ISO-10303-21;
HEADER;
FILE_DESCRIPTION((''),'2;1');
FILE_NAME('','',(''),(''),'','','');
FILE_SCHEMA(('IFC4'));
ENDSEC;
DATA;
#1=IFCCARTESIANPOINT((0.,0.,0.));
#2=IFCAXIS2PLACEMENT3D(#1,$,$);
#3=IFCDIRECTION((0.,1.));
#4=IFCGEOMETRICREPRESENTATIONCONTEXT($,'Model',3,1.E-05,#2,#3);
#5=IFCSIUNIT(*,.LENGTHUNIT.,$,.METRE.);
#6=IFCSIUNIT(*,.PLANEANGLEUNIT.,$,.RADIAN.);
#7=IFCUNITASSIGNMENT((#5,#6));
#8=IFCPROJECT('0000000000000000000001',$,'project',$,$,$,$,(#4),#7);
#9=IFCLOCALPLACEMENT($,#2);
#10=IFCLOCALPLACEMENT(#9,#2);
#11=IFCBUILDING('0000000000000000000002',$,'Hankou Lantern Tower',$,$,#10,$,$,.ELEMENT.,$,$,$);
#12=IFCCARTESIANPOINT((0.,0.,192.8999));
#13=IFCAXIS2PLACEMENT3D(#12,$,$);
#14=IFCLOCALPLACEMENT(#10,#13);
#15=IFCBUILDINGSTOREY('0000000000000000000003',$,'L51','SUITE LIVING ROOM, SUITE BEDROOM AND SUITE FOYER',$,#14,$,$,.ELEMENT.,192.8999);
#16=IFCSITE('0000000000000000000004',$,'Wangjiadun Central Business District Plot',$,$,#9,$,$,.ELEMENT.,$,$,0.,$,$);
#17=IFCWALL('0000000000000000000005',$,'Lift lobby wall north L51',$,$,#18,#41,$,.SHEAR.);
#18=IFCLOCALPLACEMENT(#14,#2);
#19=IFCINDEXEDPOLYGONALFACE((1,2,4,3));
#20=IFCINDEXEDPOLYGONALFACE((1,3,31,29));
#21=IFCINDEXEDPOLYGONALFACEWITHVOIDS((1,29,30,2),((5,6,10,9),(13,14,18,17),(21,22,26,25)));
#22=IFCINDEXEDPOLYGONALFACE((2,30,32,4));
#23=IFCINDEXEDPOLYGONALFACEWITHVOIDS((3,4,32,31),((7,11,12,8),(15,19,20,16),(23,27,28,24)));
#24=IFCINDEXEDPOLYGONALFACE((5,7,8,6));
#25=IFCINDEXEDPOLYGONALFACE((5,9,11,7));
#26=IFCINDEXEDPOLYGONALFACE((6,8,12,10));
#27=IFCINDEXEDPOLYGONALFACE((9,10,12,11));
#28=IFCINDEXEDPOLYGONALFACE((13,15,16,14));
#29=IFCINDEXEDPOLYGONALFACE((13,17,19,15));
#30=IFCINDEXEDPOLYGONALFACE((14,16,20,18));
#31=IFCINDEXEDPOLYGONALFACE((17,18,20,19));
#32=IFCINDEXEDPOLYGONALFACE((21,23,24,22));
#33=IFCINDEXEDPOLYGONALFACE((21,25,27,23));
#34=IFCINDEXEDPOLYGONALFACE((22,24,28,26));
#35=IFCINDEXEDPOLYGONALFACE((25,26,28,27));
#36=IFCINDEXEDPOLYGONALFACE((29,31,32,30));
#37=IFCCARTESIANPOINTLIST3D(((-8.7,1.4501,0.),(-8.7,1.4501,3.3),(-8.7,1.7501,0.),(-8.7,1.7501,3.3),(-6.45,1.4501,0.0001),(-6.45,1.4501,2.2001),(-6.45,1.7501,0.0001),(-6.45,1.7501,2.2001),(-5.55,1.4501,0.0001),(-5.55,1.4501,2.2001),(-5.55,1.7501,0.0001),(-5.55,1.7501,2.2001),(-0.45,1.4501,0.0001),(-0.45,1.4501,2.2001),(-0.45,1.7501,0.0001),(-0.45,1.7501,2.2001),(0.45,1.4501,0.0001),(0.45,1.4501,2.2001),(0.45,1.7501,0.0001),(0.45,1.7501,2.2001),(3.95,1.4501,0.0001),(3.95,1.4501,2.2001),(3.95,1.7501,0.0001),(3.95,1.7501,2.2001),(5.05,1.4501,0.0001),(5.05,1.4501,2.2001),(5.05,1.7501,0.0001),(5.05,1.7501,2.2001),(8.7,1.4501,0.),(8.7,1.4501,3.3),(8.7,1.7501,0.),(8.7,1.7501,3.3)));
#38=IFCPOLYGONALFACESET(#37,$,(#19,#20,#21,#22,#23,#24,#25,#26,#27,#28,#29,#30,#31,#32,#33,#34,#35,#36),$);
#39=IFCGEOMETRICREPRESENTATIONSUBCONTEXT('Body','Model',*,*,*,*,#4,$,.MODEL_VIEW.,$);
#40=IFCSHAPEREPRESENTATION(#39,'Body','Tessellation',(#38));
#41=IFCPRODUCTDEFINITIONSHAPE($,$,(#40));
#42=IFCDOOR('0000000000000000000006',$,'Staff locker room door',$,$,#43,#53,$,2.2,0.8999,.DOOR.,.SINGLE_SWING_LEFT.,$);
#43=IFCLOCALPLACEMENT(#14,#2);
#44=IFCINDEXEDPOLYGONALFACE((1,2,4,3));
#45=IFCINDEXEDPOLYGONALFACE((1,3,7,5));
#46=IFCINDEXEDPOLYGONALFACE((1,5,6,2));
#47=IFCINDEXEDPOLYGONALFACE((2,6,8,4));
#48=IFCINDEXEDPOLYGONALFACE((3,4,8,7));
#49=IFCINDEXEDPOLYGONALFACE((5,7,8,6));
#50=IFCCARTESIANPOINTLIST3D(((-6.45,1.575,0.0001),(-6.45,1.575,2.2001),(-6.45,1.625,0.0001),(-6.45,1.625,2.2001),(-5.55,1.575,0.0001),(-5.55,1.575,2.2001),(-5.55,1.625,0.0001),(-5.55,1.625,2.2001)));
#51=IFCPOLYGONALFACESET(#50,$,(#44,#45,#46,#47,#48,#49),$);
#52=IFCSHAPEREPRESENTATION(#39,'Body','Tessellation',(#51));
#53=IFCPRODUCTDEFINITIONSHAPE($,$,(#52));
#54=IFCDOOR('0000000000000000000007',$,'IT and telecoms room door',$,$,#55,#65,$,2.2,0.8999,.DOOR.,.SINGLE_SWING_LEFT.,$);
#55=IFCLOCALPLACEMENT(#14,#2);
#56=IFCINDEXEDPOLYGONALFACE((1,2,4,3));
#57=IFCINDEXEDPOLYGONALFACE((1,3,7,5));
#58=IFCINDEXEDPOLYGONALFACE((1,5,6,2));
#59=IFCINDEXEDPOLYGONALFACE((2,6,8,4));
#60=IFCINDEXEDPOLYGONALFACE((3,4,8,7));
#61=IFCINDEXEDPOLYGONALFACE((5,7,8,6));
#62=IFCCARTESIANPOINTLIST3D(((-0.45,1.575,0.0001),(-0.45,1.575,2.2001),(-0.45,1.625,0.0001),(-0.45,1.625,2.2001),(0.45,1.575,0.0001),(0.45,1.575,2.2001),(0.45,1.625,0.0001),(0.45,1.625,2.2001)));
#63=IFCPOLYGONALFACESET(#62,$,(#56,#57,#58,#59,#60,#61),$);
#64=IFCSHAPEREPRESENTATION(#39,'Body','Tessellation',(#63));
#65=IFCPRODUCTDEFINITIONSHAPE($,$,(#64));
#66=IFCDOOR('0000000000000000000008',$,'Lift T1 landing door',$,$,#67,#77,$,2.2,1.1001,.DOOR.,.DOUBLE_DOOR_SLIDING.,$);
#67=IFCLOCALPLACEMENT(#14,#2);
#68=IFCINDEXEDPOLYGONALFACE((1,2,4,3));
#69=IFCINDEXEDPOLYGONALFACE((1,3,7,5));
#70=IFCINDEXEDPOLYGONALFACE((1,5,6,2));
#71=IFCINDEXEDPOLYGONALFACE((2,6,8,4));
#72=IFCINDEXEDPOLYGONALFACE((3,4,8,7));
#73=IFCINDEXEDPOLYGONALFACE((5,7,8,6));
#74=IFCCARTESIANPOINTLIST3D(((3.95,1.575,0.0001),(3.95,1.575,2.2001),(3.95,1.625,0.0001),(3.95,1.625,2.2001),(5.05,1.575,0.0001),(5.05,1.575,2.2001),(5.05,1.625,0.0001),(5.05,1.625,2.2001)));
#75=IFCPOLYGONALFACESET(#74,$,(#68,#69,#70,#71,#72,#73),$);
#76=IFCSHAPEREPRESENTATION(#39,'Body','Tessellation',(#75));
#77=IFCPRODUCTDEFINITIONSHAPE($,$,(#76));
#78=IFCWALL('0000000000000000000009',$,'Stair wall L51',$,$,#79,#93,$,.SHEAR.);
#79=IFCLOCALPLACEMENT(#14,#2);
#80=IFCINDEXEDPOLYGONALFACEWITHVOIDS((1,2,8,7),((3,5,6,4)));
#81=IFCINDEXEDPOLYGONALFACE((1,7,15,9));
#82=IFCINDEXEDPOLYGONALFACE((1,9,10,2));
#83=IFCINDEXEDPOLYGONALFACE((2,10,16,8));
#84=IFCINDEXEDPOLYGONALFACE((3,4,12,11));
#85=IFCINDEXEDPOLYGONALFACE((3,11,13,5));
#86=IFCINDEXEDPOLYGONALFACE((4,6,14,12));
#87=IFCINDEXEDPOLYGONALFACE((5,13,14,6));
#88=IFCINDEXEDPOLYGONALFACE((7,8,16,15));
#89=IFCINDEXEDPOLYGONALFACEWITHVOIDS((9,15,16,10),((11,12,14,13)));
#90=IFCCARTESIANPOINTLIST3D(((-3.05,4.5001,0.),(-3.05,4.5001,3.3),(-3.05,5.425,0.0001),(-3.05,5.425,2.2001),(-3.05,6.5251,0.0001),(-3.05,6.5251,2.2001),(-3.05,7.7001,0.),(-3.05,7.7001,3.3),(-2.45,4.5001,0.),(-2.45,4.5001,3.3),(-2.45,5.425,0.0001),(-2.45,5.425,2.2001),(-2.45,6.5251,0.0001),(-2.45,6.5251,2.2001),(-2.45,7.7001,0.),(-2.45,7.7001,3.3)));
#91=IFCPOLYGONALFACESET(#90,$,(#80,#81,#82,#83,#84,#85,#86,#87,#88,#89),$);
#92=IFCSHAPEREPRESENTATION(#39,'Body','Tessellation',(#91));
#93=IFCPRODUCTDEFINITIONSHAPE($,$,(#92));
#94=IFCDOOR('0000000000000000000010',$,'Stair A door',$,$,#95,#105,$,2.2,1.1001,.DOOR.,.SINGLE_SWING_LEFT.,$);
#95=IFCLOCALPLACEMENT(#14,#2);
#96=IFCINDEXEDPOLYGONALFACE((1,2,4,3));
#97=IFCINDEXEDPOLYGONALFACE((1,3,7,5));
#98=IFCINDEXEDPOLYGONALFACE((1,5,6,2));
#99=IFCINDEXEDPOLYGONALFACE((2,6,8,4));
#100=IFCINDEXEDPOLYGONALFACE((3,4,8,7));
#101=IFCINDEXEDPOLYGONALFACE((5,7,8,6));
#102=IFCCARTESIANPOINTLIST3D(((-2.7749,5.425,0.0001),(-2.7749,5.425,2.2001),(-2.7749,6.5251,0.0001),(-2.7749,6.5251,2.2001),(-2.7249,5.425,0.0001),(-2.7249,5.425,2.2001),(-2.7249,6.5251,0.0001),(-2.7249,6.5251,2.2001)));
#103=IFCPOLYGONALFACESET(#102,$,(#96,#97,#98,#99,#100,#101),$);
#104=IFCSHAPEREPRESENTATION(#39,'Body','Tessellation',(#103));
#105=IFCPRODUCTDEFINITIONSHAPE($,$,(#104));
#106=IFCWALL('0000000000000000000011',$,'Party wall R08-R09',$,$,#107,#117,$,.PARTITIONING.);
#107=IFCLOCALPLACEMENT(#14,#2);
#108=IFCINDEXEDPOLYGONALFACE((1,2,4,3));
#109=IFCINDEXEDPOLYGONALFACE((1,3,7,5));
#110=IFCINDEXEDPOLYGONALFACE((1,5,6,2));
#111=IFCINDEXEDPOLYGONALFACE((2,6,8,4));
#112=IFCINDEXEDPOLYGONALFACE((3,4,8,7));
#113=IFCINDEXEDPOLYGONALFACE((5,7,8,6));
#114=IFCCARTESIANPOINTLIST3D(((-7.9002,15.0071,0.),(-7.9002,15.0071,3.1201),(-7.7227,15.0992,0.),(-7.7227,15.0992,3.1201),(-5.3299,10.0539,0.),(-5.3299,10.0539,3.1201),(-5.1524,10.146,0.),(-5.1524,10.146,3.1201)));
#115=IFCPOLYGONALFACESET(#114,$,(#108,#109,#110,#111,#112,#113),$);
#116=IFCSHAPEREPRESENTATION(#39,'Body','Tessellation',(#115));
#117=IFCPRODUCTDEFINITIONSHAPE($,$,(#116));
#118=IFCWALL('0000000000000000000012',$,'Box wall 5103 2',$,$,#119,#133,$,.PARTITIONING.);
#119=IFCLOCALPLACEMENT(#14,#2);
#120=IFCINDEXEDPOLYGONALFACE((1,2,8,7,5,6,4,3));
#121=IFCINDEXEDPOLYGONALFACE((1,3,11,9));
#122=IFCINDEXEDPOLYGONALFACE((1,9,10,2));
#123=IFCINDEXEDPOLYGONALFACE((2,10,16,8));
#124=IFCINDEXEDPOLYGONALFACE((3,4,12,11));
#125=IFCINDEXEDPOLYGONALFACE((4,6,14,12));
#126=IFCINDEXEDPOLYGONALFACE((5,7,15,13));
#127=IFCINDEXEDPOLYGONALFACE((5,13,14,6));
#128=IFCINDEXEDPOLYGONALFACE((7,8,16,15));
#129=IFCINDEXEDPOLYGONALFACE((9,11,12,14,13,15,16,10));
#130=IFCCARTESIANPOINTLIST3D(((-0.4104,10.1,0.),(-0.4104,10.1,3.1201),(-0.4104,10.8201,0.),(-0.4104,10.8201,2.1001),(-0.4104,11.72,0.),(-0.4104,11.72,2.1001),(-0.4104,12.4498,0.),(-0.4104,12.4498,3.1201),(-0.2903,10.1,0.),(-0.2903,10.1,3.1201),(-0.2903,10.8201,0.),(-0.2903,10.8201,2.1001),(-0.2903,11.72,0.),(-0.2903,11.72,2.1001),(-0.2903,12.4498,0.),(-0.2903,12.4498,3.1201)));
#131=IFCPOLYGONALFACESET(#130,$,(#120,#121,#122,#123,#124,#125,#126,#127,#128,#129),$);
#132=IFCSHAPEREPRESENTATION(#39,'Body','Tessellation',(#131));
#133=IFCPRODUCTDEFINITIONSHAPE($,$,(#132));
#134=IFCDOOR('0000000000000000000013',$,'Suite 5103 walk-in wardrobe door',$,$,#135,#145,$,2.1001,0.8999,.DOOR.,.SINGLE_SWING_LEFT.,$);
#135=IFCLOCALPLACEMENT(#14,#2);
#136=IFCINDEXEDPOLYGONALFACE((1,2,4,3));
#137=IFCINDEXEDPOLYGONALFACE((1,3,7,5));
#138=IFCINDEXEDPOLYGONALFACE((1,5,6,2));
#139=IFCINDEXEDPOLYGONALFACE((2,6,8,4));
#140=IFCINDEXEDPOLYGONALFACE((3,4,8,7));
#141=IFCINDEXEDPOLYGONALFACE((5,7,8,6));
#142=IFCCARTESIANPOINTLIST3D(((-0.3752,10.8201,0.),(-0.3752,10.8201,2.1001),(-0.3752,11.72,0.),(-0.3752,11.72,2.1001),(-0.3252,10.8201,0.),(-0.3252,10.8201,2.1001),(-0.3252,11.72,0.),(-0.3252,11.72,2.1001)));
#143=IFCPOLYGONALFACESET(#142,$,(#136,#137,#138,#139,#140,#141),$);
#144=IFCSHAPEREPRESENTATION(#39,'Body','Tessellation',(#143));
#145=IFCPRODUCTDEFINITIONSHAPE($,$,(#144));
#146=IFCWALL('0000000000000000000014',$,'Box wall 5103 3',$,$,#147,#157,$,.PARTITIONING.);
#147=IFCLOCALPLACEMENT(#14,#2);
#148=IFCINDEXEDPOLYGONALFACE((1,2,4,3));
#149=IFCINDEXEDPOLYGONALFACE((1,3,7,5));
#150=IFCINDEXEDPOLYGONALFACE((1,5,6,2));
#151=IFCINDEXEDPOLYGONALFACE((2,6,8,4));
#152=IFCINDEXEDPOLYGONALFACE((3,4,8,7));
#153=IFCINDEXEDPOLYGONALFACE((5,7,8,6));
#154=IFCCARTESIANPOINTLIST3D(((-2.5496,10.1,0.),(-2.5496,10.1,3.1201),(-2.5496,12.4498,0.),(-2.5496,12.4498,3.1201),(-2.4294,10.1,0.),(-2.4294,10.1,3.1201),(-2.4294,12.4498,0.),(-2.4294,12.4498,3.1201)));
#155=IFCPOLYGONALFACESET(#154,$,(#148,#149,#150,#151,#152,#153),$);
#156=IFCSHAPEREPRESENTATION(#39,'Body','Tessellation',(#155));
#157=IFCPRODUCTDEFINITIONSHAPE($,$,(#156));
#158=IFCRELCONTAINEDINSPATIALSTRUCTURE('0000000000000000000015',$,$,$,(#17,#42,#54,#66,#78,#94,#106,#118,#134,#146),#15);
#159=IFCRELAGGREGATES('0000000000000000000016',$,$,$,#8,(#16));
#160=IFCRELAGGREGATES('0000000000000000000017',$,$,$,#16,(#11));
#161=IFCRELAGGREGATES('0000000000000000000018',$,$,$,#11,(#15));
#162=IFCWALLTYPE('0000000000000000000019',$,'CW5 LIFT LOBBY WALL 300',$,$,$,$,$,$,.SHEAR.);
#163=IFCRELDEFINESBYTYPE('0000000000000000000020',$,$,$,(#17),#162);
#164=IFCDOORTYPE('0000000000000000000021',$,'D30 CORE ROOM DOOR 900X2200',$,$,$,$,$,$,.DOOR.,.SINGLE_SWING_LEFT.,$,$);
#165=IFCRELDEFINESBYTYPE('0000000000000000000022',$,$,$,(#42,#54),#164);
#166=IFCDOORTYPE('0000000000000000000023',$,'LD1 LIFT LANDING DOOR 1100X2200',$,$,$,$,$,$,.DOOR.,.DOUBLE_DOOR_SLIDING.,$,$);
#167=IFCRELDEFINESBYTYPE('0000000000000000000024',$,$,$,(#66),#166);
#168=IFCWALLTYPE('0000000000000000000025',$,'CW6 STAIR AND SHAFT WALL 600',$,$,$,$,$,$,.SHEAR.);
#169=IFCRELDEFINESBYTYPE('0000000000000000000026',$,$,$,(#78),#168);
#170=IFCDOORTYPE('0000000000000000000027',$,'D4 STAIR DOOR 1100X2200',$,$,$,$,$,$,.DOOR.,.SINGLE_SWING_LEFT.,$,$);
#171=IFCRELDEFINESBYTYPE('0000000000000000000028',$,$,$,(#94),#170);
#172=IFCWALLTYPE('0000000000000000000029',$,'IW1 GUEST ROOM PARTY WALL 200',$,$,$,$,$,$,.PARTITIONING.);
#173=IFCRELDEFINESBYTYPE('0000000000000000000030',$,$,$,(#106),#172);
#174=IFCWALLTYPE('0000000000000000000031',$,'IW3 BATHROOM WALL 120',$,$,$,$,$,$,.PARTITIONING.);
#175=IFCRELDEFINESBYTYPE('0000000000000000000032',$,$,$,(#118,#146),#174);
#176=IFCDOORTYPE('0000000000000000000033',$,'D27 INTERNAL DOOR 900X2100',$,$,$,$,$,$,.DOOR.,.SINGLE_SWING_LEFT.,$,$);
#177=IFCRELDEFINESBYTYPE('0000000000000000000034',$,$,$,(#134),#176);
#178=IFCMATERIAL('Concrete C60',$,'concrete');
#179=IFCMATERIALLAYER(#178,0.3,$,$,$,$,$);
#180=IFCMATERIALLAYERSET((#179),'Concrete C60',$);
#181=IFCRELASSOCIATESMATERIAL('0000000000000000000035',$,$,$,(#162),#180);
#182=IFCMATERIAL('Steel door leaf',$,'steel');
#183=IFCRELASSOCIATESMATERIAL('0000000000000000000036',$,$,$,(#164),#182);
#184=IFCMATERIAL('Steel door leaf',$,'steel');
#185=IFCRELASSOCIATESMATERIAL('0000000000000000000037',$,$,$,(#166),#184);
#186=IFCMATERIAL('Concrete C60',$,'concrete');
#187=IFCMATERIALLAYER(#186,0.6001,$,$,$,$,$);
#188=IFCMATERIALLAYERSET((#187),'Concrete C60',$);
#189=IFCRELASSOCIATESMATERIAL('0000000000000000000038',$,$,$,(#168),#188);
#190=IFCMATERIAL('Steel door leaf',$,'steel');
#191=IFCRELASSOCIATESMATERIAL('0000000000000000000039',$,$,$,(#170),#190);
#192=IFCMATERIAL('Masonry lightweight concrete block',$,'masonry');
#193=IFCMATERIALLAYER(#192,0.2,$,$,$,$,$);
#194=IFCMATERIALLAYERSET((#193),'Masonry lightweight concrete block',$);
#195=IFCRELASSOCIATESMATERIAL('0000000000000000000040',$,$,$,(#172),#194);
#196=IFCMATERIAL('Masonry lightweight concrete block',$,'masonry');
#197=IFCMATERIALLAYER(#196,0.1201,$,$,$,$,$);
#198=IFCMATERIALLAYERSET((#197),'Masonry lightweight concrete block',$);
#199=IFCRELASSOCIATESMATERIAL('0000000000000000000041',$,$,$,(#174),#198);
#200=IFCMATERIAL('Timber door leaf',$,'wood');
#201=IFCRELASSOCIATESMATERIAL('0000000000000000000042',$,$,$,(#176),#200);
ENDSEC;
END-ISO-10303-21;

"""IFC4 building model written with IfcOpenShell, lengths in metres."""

from ifc_helpers import new_model, si_unit, direction, frame, frame_2d, origin, place, context, subcontext, project, spatial, rectangle, extrude, material, layer, layer_set, type_object, element, fill, save


model = new_model("IFC4")

# Units and contexts
model_context = context("Model", 3, precision=1e-05, world=origin(), true_north=direction((0.0, 1.0)))
body_context = subcontext(model_context, "Body", "Model", "MODEL_VIEW")
ifc_project = project(units=[si_unit("LENGTHUNIT", "METRE"), si_unit("PLANEANGLEUNIT", "RADIAN")], contexts=[model_context])

# Site, building, storey
site_placement = place(None, origin())
site = spatial("IfcSite", under=ifc_project, at=site_placement, Name="Wangjiadun Central Business District Plot", CompositionType="ELEMENT", RefElevation=0.0)
building_placement = place(site_placement, origin())
building = spatial("IfcBuilding", under=site, at=building_placement, Name="Hankou Lantern Tower", CompositionType="ELEMENT")
storey_placement = place(building_placement, frame((0.0, 0.0, 192.8999)))
storey = spatial("IfcBuildingStorey", under=building, at=storey_placement, Name="L51", Description="SUITE LIVING ROOM, SUITE BEDROOM AND SUITE FOYER", CompositionType="ELEMENT", Elevation=192.8999)

# Wall, openings, doors
ifc_material_1 = material(Name="Concrete C60", Category="concrete")
ifc_layer_1 = layer(ifc_material_1, 0.3)
ifc_layer_set_1 = layer_set([ifc_layer_1], Name="Concrete C60")
wall_type_1 = type_object("IfcWallType", Name="CW5 LIFT LOBBY WALL 300", PredefinedType="SHEAR", material=ifc_layer_set_1)
wall_1_placement = place(storey_placement, frame((-8.7, 1.6001, 0.0), z_axis=(0.0, 0.0, 1.0), x_axis=(1.0, 0.0, 0.0)))
wall_1 = element("IfcWall", 1, at=wall_1_placement, inside=storey, type_object=wall_type_1, Name="Lift lobby wall north L51", PredefinedType="SHEAR", context=body_context, shape_type="SweptSolid", body=[
    extrude(rectangle(XDim=17.3999, YDim=0.3, at=frame_2d((8.7, 0.0))), origin(), (0.0, 0.0, 1.0), 3.3),
])
opening_1_placement = place(wall_1_placement, frame((12.6499, 0.0, 0.0)))
opening_1 = element("IfcOpeningElement", 2, at=opening_1_placement, cuts=wall_1, PredefinedType="OPENING", context=body_context, shape_type="SweptSolid", body=[
    extrude(rectangle(XDim=1.1001, YDim=2.2, at=frame_2d((0.55, 1.1001))), frame((0.0, 0.1599, 0.0), z_axis=(0.0, -1.0, 0.0), x_axis=(1.0, 0.0, 0.0)), (0.0, 0.0, 1.0), 0.3201),
])
opening_2_placement = place(wall_1_placement, frame((2.25, 0.0, 0.0)))
opening_2 = element("IfcOpeningElement", 3, at=opening_2_placement, cuts=wall_1, PredefinedType="OPENING", context=body_context, shape_type="SweptSolid", body=[
    extrude(rectangle(XDim=0.8999, YDim=2.2, at=frame_2d((0.45, 1.1001))), frame((0.0, 0.1599, 0.0), z_axis=(0.0, -1.0, 0.0), x_axis=(1.0, 0.0, 0.0)), (0.0, 0.0, 1.0), 0.3201),
])
opening_3_placement = place(wall_1_placement, frame((8.25, 0.0, 0.0)))
opening_3 = element("IfcOpeningElement", 4, at=opening_3_placement, cuts=wall_1, PredefinedType="OPENING", context=body_context, shape_type="SweptSolid", body=[
    extrude(rectangle(XDim=0.8999, YDim=2.2, at=frame_2d((0.45, 1.1001))), frame((0.0, 0.1599, 0.0), z_axis=(0.0, -1.0, 0.0), x_axis=(1.0, 0.0, 0.0)), (0.0, 0.0, 1.0), 0.3201),
])
ifc_material_2 = material(Name="Steel door leaf", Category="steel")
door_type_1 = type_object("IfcDoorType", Name="D30 CORE ROOM DOOR 900X2200", OperationType="SINGLE_SWING_LEFT", PredefinedType="DOOR", material=ifc_material_2)
door_1_placement = place(opening_2_placement, origin())
door_1 = element("IfcDoor", 5, at=door_1_placement, inside=storey, type_object=door_type_1, Name="Staff locker room door", OperationType="SINGLE_SWING_LEFT", OverallHeight=2.2, OverallWidth=0.8999, PredefinedType="DOOR", context=body_context, shape_type="SweptSolid", body=[
    extrude(rectangle(XDim=0.8999, YDim=2.2, at=frame_2d((0.45, 1.1001))), frame((0.0, 0.0249, 0.0), z_axis=(0.0, -1.0, 0.0), x_axis=(1.0, 0.0, 0.0)), (0.0, 0.0, 1.0), 0.05),
])
fill(opening_2, door_1)
door_2_placement = place(opening_3_placement, origin())
door_2 = element("IfcDoor", 6, at=door_2_placement, inside=storey, type_object=door_type_1, Name="IT and telecoms room door", OperationType="SINGLE_SWING_LEFT", OverallHeight=2.2, OverallWidth=0.8999, PredefinedType="DOOR", context=body_context, shape_type="SweptSolid", body=[
    extrude(rectangle(XDim=0.8999, YDim=2.2, at=frame_2d((0.45, 1.1001))), frame((0.0, 0.0249, 0.0), z_axis=(0.0, -1.0, 0.0), x_axis=(1.0, 0.0, 0.0)), (0.0, 0.0, 1.0), 0.05),
])
fill(opening_3, door_2)
ifc_material_3 = material(Name="Steel door leaf", Category="steel")
door_type_2 = type_object("IfcDoorType", Name="LD1 LIFT LANDING DOOR 1100X2200", OperationType="DOUBLE_DOOR_SLIDING", PredefinedType="DOOR", material=ifc_material_3)
door_3_placement = place(opening_1_placement, origin())
door_3 = element("IfcDoor", 7, at=door_3_placement, inside=storey, type_object=door_type_2, Name="Lift T1 landing door", OperationType="DOUBLE_DOOR_SLIDING", OverallHeight=2.2, OverallWidth=1.1001, PredefinedType="DOOR", context=body_context, shape_type="SweptSolid", body=[
    extrude(rectangle(XDim=1.1001, YDim=2.2, at=frame_2d((0.55, 1.1001))), frame((0.0, 0.0249, 0.0), z_axis=(0.0, -1.0, 0.0), x_axis=(1.0, 0.0, 0.0)), (0.0, 0.0, 1.0), 0.05),
])
fill(opening_1, door_3)

# Wall, opening, door
ifc_material_4 = material(Name="Concrete C60", Category="concrete")
ifc_layer_2 = layer(ifc_material_4, 0.6001)
ifc_layer_set_2 = layer_set([ifc_layer_2], Name="Concrete C60")
wall_type_2 = type_object("IfcWallType", Name="CW6 STAIR AND SHAFT WALL 600", PredefinedType="SHEAR", material=ifc_layer_set_2)
wall_2_placement = place(storey_placement, frame((-2.75, 4.5, 0.0), z_axis=(0.0, 0.0, 1.0), x_axis=(0.0, 1.0, 0.0)))
wall_2 = element("IfcWall", 8, at=wall_2_placement, inside=storey, type_object=wall_type_2, Name="Stair wall L51", PredefinedType="SHEAR", context=body_context, shape_type="SweptSolid", body=[
    extrude(rectangle(XDim=3.2, YDim=0.6001, at=frame_2d((1.6001, 0.0))), origin(), (0.0, 0.0, 1.0), 3.3),
])
opening_4_placement = place(wall_2_placement, frame((0.925, 0.0, 0.0)))
opening_4 = element("IfcOpeningElement", 9, at=opening_4_placement, cuts=wall_2, PredefinedType="OPENING", context=body_context, shape_type="SweptSolid", body=[
    extrude(rectangle(XDim=1.1001, YDim=2.2, at=frame_2d((0.55, 1.1001))), frame((0.0, 0.3101, 0.0), z_axis=(0.0, -1.0, 0.0), x_axis=(1.0, 0.0, 0.0)), (0.0, 0.0, 1.0), 0.6201),
])
ifc_material_5 = material(Name="Steel door leaf", Category="steel")
door_type_3 = type_object("IfcDoorType", Name="D4 STAIR DOOR 1100X2200", OperationType="SINGLE_SWING_LEFT", PredefinedType="DOOR", material=ifc_material_5)
door_4_placement = place(opening_4_placement, origin())
door_4 = element("IfcDoor", 10, at=door_4_placement, inside=storey, type_object=door_type_3, Name="Stair A door", OperationType="SINGLE_SWING_LEFT", OverallHeight=2.2, OverallWidth=1.1001, PredefinedType="DOOR", context=body_context, shape_type="SweptSolid", body=[
    extrude(rectangle(XDim=1.1001, YDim=2.2, at=frame_2d((0.55, 1.1001))), frame((0.0, 0.0249, 0.0), z_axis=(0.0, -1.0, 0.0), x_axis=(1.0, 0.0, 0.0)), (0.0, 0.0, 1.0), 0.05),
])
fill(opening_4, door_4)

# Wall
ifc_material_6 = material(Name="Masonry lightweight concrete block", Category="masonry")
ifc_layer_3 = layer(ifc_material_6, 0.2)
ifc_layer_set_3 = layer_set([ifc_layer_3], Name="Masonry lightweight concrete block")
wall_type_3 = type_object("IfcWallType", Name="IW1 GUEST ROOM PARTY WALL 200", PredefinedType="PARTITIONING", material=ifc_layer_set_3)
wall_3_placement = place(storey_placement, frame((-5.2412, 10.1001, 0.0), z_axis=(0.0, 0.0, 1.0), x_axis=(-0.460603, 0.887606, 0.0)))
element("IfcWall", 11, at=wall_3_placement, inside=storey, type_object=wall_type_3, Name="Party wall R08-R09", PredefinedType="PARTITIONING", context=body_context, shape_type="SweptSolid", body=[
    extrude(rectangle(XDim=5.5803, YDim=0.2, at=frame_2d((2.79, 0.0))), origin(), (0.0, 0.0, 1.0), 3.1201),
])

# Wall, opening, door
ifc_material_7 = material(Name="Masonry lightweight concrete block", Category="masonry")
ifc_layer_4 = layer(ifc_material_7, 0.1201)
ifc_layer_set_4 = layer_set([ifc_layer_4], Name="Masonry lightweight concrete block")
wall_type_4 = type_object("IfcWallType", Name="IW3 BATHROOM WALL 120", PredefinedType="PARTITIONING", material=ifc_layer_set_4)
wall_4_placement = place(storey_placement, frame((-0.3503, 10.1001, 0.0), z_axis=(0.0, 0.0, 1.0), x_axis=(0.0, 1.0, 0.0)))
wall_4 = element("IfcWall", 12, at=wall_4_placement, inside=storey, type_object=wall_type_4, Name="Box wall 5103 2", PredefinedType="PARTITIONING", context=body_context, shape_type="SweptSolid", body=[
    extrude(rectangle(XDim=2.3499, YDim=0.1201, at=frame_2d((1.1748, 0.0))), origin(), (0.0, 0.0, 1.0), 3.1201),
])
opening_5_placement = place(wall_4_placement, frame((0.72, 0.0, 0.0)))
opening_5 = element("IfcOpeningElement", 13, at=opening_5_placement, cuts=wall_4, PredefinedType="OPENING", context=body_context, shape_type="SweptSolid", body=[
    extrude(rectangle(XDim=0.8999, YDim=2.1001, at=frame_2d((0.45, 1.05))), frame((0.0, 0.0701, 0.0), z_axis=(0.0, -1.0, 0.0), x_axis=(1.0, 0.0, 0.0)), (0.0, 0.0, 1.0), 0.1401),
])
ifc_material_8 = material(Name="Timber door leaf", Category="wood")
door_type_4 = type_object("IfcDoorType", Name="D27 INTERNAL DOOR 900X2100", OperationType="SINGLE_SWING_LEFT", PredefinedType="DOOR", material=ifc_material_8)
door_5_placement = place(opening_5_placement, origin())
door_5 = element("IfcDoor", 14, at=door_5_placement, inside=storey, type_object=door_type_4, Name="Suite 5103 walk-in wardrobe door", OperationType="SINGLE_SWING_LEFT", OverallHeight=2.1001, OverallWidth=0.8999, PredefinedType="DOOR", context=body_context, shape_type="SweptSolid", body=[
    extrude(rectangle(XDim=0.8999, YDim=2.1001, at=frame_2d((0.45, 1.05))), frame((0.0, 0.0249, 0.0), z_axis=(0.0, -1.0, 0.0), x_axis=(1.0, 0.0, 0.0)), (0.0, 0.0, 1.0), 0.05),
])
fill(opening_5, door_5)

# Wall
wall_5_placement = place(storey_placement, frame((-2.4895, 10.1001, 0.0), z_axis=(0.0, 0.0, 1.0), x_axis=(0.0, 1.0, 0.0)))
element("IfcWall", 15, at=wall_5_placement, inside=storey, type_object=wall_type_4, Name="Box wall 5103 3", PredefinedType="PARTITIONING", context=body_context, shape_type="SweptSolid", body=[
    extrude(rectangle(XDim=2.3499, YDim=0.1201, at=frame_2d((1.1748, 0.0))), origin(), (0.0, 0.0, 1.0), 3.1201),
])

save(model, "model.ifc")
